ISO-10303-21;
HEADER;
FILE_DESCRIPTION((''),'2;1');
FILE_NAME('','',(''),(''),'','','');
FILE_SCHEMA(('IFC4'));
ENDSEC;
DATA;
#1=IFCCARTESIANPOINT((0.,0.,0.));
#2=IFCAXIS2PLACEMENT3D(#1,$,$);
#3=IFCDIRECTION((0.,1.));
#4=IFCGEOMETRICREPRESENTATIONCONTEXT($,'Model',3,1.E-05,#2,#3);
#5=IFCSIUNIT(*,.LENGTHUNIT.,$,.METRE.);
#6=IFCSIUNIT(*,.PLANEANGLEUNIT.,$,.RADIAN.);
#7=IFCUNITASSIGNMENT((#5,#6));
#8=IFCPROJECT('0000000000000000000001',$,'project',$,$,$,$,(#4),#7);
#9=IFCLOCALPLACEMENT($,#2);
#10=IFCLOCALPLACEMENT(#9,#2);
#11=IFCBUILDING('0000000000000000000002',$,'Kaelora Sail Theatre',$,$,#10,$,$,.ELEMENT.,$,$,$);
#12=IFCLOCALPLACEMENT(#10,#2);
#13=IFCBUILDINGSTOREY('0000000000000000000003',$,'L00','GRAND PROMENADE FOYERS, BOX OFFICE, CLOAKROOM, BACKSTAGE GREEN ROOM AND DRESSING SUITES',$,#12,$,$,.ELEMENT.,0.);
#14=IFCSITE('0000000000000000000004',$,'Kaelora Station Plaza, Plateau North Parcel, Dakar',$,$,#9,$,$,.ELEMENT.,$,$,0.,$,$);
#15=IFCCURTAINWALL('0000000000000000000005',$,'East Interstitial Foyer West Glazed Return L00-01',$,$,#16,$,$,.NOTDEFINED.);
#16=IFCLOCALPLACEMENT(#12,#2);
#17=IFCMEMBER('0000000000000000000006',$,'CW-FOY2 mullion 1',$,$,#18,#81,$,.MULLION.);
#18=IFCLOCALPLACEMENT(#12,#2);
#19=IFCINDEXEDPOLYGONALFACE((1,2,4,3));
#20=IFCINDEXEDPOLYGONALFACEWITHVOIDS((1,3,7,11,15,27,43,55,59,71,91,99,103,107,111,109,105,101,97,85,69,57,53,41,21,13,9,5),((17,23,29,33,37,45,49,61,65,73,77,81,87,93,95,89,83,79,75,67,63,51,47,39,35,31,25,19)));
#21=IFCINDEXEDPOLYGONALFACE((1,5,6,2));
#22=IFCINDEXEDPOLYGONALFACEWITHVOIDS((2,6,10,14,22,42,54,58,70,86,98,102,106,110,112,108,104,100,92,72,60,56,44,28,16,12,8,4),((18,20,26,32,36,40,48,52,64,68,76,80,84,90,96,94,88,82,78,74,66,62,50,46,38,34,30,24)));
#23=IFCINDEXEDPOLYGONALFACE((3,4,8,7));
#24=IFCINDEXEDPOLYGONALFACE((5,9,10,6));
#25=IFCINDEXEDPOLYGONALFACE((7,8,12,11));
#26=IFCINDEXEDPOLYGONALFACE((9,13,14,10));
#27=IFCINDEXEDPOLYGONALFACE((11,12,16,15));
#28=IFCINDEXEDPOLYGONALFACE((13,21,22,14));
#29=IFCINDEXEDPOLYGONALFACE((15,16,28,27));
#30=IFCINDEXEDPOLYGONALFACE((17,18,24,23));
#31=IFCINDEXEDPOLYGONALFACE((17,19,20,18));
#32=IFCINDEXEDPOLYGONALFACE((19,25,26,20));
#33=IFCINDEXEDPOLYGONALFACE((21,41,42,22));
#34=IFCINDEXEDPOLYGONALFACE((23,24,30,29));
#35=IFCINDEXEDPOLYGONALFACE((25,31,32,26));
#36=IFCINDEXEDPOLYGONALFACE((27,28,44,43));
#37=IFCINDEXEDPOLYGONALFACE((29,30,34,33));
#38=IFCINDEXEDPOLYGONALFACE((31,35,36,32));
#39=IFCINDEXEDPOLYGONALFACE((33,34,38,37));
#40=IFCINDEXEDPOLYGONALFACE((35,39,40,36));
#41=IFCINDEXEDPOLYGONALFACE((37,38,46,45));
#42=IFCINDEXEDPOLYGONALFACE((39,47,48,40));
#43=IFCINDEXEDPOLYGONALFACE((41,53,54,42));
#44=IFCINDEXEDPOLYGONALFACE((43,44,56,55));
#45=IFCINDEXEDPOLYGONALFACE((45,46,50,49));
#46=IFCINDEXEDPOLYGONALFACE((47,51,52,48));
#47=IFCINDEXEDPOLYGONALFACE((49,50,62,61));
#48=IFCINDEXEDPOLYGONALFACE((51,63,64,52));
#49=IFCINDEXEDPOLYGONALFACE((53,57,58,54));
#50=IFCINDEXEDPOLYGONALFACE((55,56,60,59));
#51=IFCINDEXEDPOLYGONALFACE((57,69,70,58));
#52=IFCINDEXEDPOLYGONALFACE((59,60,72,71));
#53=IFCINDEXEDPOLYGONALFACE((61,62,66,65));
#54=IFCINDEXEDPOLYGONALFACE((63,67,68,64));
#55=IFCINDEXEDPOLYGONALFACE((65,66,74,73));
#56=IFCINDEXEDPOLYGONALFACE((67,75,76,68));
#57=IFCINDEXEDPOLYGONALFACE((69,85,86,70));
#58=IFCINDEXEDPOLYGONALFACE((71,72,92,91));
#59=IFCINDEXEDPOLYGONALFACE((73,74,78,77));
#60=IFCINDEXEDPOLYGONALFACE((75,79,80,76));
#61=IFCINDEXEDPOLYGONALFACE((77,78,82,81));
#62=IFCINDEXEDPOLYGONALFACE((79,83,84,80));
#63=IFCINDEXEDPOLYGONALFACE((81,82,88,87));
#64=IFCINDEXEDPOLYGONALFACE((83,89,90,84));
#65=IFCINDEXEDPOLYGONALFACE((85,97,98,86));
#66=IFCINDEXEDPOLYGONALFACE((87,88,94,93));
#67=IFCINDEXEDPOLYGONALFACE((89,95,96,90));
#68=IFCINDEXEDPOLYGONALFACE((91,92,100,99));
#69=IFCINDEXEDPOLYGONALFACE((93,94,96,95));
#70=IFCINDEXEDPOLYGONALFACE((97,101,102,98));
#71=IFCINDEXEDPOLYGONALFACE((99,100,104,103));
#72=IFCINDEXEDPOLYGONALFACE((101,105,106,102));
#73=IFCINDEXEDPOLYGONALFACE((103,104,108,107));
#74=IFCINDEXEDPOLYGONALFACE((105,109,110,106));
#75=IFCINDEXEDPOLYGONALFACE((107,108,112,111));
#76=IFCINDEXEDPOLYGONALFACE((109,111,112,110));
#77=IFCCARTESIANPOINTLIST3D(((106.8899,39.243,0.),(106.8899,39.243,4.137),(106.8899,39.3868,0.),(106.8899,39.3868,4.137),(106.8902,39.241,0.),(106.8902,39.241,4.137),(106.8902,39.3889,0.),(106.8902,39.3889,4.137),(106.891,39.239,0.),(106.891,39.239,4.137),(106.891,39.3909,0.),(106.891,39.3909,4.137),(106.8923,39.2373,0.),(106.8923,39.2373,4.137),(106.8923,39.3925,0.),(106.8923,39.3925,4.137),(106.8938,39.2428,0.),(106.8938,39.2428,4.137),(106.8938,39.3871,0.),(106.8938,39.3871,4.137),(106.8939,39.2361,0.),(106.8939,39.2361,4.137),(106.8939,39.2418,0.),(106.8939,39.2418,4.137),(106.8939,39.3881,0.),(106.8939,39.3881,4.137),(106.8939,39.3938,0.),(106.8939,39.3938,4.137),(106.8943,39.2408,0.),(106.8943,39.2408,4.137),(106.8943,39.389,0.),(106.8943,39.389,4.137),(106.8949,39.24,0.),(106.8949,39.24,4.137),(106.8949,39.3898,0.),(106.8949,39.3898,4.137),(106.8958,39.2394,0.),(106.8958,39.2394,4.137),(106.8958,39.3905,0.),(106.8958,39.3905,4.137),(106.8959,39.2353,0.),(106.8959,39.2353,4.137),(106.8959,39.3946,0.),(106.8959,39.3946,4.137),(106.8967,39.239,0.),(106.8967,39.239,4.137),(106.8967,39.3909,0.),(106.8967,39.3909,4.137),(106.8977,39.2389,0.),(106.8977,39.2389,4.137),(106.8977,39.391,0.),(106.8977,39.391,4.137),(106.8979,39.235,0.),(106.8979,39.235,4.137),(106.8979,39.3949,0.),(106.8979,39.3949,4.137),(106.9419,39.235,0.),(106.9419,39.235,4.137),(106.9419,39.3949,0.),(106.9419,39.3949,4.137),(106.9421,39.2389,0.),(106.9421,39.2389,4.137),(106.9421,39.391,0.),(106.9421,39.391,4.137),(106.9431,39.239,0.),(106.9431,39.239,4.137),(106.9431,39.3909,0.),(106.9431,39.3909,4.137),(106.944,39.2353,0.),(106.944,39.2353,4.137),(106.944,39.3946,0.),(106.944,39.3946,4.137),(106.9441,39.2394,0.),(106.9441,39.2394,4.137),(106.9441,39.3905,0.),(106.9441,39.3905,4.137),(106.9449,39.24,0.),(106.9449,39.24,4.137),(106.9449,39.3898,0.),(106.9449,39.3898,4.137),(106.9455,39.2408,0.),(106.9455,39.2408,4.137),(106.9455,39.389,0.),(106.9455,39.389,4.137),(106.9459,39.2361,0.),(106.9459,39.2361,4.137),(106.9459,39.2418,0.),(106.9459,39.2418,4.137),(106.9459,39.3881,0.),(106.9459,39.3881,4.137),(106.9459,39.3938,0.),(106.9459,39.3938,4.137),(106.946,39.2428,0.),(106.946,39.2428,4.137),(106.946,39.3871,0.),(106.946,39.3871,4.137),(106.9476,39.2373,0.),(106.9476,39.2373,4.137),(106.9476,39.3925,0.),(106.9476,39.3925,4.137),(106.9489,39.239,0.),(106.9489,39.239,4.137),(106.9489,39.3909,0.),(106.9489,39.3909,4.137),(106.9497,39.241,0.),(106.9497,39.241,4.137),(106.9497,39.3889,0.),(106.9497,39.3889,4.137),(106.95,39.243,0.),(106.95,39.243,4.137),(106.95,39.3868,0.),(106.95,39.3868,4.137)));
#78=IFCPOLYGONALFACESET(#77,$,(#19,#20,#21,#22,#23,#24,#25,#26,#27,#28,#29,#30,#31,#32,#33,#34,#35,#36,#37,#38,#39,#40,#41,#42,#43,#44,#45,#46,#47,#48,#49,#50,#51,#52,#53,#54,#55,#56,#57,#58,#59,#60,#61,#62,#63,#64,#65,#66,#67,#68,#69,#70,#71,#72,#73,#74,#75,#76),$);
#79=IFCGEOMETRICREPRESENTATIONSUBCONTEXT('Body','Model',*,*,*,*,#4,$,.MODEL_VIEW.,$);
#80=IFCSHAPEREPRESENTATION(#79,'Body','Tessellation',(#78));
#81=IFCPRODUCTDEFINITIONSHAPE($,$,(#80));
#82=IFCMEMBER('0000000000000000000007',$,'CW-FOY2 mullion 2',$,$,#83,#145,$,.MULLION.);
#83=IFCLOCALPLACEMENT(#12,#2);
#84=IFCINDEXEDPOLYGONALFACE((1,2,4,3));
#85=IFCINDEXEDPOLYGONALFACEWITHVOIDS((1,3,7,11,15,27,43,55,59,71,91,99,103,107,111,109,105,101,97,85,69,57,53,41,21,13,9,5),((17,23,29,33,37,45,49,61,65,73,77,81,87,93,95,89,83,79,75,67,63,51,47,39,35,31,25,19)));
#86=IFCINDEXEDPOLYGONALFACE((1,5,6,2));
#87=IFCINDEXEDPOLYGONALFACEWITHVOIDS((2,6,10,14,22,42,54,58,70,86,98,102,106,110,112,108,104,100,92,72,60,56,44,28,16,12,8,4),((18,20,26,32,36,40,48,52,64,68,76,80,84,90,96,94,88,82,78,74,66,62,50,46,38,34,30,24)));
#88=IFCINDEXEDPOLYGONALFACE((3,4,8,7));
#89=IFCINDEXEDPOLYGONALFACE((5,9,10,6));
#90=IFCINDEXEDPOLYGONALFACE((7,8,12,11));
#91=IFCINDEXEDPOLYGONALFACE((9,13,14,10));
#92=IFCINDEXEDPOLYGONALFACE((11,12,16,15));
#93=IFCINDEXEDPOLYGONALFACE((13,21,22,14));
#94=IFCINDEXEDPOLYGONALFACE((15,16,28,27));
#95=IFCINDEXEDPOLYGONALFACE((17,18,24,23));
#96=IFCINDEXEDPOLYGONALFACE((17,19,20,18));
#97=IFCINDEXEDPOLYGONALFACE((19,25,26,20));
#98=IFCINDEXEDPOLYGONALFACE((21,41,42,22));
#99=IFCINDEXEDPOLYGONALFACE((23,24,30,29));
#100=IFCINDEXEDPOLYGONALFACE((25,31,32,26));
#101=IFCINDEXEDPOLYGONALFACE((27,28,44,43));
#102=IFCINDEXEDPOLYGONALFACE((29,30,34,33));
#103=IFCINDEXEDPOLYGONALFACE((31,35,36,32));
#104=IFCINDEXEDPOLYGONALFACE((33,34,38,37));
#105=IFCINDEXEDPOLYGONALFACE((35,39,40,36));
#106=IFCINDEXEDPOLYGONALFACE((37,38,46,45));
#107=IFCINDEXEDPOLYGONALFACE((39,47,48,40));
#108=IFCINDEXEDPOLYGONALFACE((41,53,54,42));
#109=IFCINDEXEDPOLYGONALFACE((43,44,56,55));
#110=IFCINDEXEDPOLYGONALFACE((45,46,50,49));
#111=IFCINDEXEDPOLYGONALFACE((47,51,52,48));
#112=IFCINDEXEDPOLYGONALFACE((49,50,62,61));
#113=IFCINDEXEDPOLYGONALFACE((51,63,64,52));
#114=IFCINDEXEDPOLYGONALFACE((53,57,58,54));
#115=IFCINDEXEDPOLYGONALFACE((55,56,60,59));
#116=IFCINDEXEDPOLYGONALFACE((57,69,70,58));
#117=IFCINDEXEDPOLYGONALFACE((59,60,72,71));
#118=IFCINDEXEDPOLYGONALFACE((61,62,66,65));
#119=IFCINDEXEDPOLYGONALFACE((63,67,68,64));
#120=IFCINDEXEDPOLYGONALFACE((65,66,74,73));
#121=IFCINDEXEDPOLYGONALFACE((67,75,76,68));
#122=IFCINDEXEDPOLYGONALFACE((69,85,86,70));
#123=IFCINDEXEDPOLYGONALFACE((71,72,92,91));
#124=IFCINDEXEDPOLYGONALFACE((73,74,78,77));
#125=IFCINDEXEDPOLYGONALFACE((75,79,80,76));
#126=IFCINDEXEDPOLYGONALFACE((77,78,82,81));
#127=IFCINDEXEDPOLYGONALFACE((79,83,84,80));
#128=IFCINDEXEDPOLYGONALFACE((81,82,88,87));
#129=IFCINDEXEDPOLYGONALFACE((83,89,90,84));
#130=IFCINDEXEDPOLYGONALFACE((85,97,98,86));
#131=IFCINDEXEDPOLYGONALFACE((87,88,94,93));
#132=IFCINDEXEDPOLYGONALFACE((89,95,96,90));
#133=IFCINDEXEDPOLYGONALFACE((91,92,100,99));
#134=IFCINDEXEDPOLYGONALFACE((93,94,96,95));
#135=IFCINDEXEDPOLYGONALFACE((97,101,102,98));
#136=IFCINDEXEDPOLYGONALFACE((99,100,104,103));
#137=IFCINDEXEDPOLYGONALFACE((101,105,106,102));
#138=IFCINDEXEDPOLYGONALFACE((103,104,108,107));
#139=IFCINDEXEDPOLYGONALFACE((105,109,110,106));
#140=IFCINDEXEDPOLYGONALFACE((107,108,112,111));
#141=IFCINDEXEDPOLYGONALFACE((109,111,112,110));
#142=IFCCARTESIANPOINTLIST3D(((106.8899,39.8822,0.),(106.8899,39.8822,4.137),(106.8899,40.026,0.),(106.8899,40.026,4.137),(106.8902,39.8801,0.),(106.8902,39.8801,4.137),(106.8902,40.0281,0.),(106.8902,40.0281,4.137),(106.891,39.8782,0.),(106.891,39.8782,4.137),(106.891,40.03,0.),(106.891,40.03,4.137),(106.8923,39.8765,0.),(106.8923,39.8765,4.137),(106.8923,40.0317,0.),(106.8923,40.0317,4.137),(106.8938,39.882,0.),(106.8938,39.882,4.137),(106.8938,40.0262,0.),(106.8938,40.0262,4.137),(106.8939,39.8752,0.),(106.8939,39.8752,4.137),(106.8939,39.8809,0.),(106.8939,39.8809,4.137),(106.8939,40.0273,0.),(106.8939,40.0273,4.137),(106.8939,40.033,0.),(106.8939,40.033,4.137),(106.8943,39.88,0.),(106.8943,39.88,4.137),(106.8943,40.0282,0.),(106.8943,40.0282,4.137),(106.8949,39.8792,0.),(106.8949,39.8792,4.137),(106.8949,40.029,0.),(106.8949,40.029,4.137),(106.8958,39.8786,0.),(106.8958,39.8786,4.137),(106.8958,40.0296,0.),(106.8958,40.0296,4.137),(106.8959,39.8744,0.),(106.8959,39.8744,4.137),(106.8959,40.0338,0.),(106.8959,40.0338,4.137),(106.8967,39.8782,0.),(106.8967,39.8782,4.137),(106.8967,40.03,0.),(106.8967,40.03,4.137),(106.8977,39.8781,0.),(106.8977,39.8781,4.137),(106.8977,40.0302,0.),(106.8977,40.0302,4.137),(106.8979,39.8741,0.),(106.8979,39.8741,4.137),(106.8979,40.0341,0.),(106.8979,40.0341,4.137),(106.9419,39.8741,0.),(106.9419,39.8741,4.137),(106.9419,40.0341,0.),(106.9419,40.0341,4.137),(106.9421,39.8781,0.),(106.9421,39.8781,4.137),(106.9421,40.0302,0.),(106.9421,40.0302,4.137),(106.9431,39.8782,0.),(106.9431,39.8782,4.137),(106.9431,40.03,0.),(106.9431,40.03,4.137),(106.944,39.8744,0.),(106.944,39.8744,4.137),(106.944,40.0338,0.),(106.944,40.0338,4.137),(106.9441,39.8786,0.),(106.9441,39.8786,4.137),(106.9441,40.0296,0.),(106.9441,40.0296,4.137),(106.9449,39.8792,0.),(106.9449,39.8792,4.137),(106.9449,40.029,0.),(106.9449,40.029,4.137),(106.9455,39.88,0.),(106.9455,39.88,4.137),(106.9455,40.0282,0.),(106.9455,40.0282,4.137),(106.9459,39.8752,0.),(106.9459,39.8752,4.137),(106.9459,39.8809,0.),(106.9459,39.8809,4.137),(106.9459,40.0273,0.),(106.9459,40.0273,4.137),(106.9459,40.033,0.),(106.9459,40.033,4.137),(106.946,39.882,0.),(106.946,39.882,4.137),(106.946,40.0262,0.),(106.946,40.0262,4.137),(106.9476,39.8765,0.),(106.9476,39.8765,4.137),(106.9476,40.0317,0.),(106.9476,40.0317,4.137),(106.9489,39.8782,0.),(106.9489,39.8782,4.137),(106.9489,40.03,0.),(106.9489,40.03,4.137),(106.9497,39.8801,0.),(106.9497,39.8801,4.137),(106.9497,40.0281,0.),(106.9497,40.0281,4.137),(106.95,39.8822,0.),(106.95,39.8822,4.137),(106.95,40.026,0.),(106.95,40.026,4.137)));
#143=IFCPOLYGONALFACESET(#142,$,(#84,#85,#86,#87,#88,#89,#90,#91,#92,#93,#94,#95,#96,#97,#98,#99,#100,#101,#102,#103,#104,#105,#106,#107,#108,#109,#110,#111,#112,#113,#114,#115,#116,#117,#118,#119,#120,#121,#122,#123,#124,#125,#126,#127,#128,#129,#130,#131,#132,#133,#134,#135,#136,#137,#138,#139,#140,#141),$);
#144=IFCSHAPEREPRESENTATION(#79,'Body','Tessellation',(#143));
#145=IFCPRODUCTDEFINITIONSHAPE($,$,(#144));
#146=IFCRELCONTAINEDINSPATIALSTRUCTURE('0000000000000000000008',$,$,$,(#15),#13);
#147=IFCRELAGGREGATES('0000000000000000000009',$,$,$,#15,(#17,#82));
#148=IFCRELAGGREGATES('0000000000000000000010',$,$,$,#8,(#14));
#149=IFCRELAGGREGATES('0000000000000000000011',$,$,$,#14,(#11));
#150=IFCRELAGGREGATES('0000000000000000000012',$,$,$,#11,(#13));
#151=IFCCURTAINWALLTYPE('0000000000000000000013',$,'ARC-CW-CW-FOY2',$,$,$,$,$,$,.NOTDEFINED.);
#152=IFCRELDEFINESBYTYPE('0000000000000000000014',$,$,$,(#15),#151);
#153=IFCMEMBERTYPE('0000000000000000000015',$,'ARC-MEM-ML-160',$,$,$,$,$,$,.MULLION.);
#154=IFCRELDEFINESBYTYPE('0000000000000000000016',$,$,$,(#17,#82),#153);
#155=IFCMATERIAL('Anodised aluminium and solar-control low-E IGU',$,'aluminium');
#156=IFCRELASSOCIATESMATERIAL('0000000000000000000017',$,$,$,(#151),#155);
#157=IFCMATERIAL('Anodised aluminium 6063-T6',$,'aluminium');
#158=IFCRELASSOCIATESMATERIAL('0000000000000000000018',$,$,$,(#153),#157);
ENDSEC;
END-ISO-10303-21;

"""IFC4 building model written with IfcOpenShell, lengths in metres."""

from ifc_helpers import new_model, si_unit, direction, frame, origin, origin_2d, place, context, subcontext, project, spatial, hollow_rectangle, extrude, material, material_profile, profile_set, type_object, element, aggregate, save


model = new_model("IFC4")

# Units and contexts
model_context = context("Model", 3, precision=1e-05, world=origin(), true_north=direction((0.0, 1.0)))
body_context = subcontext(model_context, "Body", "Model", "MODEL_VIEW")
ifc_project = project(units=[si_unit("LENGTHUNIT", "METRE"), si_unit("PLANEANGLEUNIT", "RADIAN")], contexts=[model_context])

# Site, building, storey
site_placement = place(None, origin())
site = spatial("IfcSite", under=ifc_project, at=site_placement, Name="Kaelora Station Plaza, Plateau North Parcel, Dakar", CompositionType="ELEMENT", RefElevation=0.0)
building_placement = place(site_placement, origin())
building = spatial("IfcBuilding", under=site, at=building_placement, Name="Kaelora Sail Theatre", CompositionType="ELEMENT")
storey_placement = place(building_placement, origin())
storey = spatial("IfcBuildingStorey", under=building, at=storey_placement, Name="L00", Description="GRAND PROMENADE FOYERS, BOX OFFICE, CLOAKROOM, BACKSTAGE GREEN ROOM AND DRESSING SUITES", CompositionType="ELEMENT", Elevation=0.0)

# Curtain wall, members
ifc_material_1 = material(Name="Anodised aluminium and solar-control low-E IGU", Category="aluminium")
curtain_wall_type = type_object("IfcCurtainWallType", Name="ARC-CW-CW-FOY2", PredefinedType="NOTDEFINED", material=ifc_material_1)
curtain_wall_placement = place(storey_placement, origin())
curtain_wall = element("IfcCurtainWall", 1, at=curtain_wall_placement, inside=storey, type_object=curtain_wall_type, Name="East Interstitial Foyer West Glazed Return L00-01", PredefinedType="NOTDEFINED")
ifc_material_2 = material(Name="Anodised aluminium 6063-T6", Category="aluminium")
ifc_material_profile_1 = material_profile(ifc_material_2, hollow_rectangle(XDim=0.0601, YDim=0.1599, WallThickness=0.0039, InnerFilletRadius=0.0039, OuterFilletRadius=0.0081, at=origin_2d()), Name="ALU-MULL 60x160x4")
ifc_profile_set_1 = profile_set([ifc_material_profile_1], Name="Anodised aluminium 6063-T6")
member_type_1 = type_object("IfcMemberType", Name="ARC-MEM-ML-160", PredefinedType="MULLION", material=ifc_profile_set_1)
member_1_placement = place(storey_placement, frame((106.9199, 39.3149, 0.0), z_axis=(0.0, 0.0, 1.0), x_axis=(-1.0, 0.0, 0.0)))
member_1 = element("IfcMember", 2, at=member_1_placement, type_object=member_type_1, Name="CW-FOY2 mullion 1", PredefinedType="MULLION", context=body_context, shape_type="SweptSolid", body=[
    extrude(hollow_rectangle(XDim=0.0601, YDim=0.1599, WallThickness=0.0039, InnerFilletRadius=0.0039, OuterFilletRadius=0.0081, at=origin_2d()), origin(), (0.0, 0.0, 1.0), 4.137),
])
member_2_placement = place(storey_placement, frame((106.9199, 39.9541, 0.0), z_axis=(0.0, 0.0, 1.0), x_axis=(-1.0, 0.0, 0.0)))
member_2 = element("IfcMember", 3, at=member_2_placement, type_object=member_type_1, Name="CW-FOY2 mullion 2", PredefinedType="MULLION", context=body_context, shape_type="SweptSolid", body=[
    extrude(hollow_rectangle(XDim=0.0601, YDim=0.1599, WallThickness=0.0039, InnerFilletRadius=0.0039, OuterFilletRadius=0.0081, at=origin_2d()), origin(), (0.0, 0.0, 1.0), 4.137),
])
aggregate(curtain_wall, [member_1, member_2])

save(model, "model.ifc")
